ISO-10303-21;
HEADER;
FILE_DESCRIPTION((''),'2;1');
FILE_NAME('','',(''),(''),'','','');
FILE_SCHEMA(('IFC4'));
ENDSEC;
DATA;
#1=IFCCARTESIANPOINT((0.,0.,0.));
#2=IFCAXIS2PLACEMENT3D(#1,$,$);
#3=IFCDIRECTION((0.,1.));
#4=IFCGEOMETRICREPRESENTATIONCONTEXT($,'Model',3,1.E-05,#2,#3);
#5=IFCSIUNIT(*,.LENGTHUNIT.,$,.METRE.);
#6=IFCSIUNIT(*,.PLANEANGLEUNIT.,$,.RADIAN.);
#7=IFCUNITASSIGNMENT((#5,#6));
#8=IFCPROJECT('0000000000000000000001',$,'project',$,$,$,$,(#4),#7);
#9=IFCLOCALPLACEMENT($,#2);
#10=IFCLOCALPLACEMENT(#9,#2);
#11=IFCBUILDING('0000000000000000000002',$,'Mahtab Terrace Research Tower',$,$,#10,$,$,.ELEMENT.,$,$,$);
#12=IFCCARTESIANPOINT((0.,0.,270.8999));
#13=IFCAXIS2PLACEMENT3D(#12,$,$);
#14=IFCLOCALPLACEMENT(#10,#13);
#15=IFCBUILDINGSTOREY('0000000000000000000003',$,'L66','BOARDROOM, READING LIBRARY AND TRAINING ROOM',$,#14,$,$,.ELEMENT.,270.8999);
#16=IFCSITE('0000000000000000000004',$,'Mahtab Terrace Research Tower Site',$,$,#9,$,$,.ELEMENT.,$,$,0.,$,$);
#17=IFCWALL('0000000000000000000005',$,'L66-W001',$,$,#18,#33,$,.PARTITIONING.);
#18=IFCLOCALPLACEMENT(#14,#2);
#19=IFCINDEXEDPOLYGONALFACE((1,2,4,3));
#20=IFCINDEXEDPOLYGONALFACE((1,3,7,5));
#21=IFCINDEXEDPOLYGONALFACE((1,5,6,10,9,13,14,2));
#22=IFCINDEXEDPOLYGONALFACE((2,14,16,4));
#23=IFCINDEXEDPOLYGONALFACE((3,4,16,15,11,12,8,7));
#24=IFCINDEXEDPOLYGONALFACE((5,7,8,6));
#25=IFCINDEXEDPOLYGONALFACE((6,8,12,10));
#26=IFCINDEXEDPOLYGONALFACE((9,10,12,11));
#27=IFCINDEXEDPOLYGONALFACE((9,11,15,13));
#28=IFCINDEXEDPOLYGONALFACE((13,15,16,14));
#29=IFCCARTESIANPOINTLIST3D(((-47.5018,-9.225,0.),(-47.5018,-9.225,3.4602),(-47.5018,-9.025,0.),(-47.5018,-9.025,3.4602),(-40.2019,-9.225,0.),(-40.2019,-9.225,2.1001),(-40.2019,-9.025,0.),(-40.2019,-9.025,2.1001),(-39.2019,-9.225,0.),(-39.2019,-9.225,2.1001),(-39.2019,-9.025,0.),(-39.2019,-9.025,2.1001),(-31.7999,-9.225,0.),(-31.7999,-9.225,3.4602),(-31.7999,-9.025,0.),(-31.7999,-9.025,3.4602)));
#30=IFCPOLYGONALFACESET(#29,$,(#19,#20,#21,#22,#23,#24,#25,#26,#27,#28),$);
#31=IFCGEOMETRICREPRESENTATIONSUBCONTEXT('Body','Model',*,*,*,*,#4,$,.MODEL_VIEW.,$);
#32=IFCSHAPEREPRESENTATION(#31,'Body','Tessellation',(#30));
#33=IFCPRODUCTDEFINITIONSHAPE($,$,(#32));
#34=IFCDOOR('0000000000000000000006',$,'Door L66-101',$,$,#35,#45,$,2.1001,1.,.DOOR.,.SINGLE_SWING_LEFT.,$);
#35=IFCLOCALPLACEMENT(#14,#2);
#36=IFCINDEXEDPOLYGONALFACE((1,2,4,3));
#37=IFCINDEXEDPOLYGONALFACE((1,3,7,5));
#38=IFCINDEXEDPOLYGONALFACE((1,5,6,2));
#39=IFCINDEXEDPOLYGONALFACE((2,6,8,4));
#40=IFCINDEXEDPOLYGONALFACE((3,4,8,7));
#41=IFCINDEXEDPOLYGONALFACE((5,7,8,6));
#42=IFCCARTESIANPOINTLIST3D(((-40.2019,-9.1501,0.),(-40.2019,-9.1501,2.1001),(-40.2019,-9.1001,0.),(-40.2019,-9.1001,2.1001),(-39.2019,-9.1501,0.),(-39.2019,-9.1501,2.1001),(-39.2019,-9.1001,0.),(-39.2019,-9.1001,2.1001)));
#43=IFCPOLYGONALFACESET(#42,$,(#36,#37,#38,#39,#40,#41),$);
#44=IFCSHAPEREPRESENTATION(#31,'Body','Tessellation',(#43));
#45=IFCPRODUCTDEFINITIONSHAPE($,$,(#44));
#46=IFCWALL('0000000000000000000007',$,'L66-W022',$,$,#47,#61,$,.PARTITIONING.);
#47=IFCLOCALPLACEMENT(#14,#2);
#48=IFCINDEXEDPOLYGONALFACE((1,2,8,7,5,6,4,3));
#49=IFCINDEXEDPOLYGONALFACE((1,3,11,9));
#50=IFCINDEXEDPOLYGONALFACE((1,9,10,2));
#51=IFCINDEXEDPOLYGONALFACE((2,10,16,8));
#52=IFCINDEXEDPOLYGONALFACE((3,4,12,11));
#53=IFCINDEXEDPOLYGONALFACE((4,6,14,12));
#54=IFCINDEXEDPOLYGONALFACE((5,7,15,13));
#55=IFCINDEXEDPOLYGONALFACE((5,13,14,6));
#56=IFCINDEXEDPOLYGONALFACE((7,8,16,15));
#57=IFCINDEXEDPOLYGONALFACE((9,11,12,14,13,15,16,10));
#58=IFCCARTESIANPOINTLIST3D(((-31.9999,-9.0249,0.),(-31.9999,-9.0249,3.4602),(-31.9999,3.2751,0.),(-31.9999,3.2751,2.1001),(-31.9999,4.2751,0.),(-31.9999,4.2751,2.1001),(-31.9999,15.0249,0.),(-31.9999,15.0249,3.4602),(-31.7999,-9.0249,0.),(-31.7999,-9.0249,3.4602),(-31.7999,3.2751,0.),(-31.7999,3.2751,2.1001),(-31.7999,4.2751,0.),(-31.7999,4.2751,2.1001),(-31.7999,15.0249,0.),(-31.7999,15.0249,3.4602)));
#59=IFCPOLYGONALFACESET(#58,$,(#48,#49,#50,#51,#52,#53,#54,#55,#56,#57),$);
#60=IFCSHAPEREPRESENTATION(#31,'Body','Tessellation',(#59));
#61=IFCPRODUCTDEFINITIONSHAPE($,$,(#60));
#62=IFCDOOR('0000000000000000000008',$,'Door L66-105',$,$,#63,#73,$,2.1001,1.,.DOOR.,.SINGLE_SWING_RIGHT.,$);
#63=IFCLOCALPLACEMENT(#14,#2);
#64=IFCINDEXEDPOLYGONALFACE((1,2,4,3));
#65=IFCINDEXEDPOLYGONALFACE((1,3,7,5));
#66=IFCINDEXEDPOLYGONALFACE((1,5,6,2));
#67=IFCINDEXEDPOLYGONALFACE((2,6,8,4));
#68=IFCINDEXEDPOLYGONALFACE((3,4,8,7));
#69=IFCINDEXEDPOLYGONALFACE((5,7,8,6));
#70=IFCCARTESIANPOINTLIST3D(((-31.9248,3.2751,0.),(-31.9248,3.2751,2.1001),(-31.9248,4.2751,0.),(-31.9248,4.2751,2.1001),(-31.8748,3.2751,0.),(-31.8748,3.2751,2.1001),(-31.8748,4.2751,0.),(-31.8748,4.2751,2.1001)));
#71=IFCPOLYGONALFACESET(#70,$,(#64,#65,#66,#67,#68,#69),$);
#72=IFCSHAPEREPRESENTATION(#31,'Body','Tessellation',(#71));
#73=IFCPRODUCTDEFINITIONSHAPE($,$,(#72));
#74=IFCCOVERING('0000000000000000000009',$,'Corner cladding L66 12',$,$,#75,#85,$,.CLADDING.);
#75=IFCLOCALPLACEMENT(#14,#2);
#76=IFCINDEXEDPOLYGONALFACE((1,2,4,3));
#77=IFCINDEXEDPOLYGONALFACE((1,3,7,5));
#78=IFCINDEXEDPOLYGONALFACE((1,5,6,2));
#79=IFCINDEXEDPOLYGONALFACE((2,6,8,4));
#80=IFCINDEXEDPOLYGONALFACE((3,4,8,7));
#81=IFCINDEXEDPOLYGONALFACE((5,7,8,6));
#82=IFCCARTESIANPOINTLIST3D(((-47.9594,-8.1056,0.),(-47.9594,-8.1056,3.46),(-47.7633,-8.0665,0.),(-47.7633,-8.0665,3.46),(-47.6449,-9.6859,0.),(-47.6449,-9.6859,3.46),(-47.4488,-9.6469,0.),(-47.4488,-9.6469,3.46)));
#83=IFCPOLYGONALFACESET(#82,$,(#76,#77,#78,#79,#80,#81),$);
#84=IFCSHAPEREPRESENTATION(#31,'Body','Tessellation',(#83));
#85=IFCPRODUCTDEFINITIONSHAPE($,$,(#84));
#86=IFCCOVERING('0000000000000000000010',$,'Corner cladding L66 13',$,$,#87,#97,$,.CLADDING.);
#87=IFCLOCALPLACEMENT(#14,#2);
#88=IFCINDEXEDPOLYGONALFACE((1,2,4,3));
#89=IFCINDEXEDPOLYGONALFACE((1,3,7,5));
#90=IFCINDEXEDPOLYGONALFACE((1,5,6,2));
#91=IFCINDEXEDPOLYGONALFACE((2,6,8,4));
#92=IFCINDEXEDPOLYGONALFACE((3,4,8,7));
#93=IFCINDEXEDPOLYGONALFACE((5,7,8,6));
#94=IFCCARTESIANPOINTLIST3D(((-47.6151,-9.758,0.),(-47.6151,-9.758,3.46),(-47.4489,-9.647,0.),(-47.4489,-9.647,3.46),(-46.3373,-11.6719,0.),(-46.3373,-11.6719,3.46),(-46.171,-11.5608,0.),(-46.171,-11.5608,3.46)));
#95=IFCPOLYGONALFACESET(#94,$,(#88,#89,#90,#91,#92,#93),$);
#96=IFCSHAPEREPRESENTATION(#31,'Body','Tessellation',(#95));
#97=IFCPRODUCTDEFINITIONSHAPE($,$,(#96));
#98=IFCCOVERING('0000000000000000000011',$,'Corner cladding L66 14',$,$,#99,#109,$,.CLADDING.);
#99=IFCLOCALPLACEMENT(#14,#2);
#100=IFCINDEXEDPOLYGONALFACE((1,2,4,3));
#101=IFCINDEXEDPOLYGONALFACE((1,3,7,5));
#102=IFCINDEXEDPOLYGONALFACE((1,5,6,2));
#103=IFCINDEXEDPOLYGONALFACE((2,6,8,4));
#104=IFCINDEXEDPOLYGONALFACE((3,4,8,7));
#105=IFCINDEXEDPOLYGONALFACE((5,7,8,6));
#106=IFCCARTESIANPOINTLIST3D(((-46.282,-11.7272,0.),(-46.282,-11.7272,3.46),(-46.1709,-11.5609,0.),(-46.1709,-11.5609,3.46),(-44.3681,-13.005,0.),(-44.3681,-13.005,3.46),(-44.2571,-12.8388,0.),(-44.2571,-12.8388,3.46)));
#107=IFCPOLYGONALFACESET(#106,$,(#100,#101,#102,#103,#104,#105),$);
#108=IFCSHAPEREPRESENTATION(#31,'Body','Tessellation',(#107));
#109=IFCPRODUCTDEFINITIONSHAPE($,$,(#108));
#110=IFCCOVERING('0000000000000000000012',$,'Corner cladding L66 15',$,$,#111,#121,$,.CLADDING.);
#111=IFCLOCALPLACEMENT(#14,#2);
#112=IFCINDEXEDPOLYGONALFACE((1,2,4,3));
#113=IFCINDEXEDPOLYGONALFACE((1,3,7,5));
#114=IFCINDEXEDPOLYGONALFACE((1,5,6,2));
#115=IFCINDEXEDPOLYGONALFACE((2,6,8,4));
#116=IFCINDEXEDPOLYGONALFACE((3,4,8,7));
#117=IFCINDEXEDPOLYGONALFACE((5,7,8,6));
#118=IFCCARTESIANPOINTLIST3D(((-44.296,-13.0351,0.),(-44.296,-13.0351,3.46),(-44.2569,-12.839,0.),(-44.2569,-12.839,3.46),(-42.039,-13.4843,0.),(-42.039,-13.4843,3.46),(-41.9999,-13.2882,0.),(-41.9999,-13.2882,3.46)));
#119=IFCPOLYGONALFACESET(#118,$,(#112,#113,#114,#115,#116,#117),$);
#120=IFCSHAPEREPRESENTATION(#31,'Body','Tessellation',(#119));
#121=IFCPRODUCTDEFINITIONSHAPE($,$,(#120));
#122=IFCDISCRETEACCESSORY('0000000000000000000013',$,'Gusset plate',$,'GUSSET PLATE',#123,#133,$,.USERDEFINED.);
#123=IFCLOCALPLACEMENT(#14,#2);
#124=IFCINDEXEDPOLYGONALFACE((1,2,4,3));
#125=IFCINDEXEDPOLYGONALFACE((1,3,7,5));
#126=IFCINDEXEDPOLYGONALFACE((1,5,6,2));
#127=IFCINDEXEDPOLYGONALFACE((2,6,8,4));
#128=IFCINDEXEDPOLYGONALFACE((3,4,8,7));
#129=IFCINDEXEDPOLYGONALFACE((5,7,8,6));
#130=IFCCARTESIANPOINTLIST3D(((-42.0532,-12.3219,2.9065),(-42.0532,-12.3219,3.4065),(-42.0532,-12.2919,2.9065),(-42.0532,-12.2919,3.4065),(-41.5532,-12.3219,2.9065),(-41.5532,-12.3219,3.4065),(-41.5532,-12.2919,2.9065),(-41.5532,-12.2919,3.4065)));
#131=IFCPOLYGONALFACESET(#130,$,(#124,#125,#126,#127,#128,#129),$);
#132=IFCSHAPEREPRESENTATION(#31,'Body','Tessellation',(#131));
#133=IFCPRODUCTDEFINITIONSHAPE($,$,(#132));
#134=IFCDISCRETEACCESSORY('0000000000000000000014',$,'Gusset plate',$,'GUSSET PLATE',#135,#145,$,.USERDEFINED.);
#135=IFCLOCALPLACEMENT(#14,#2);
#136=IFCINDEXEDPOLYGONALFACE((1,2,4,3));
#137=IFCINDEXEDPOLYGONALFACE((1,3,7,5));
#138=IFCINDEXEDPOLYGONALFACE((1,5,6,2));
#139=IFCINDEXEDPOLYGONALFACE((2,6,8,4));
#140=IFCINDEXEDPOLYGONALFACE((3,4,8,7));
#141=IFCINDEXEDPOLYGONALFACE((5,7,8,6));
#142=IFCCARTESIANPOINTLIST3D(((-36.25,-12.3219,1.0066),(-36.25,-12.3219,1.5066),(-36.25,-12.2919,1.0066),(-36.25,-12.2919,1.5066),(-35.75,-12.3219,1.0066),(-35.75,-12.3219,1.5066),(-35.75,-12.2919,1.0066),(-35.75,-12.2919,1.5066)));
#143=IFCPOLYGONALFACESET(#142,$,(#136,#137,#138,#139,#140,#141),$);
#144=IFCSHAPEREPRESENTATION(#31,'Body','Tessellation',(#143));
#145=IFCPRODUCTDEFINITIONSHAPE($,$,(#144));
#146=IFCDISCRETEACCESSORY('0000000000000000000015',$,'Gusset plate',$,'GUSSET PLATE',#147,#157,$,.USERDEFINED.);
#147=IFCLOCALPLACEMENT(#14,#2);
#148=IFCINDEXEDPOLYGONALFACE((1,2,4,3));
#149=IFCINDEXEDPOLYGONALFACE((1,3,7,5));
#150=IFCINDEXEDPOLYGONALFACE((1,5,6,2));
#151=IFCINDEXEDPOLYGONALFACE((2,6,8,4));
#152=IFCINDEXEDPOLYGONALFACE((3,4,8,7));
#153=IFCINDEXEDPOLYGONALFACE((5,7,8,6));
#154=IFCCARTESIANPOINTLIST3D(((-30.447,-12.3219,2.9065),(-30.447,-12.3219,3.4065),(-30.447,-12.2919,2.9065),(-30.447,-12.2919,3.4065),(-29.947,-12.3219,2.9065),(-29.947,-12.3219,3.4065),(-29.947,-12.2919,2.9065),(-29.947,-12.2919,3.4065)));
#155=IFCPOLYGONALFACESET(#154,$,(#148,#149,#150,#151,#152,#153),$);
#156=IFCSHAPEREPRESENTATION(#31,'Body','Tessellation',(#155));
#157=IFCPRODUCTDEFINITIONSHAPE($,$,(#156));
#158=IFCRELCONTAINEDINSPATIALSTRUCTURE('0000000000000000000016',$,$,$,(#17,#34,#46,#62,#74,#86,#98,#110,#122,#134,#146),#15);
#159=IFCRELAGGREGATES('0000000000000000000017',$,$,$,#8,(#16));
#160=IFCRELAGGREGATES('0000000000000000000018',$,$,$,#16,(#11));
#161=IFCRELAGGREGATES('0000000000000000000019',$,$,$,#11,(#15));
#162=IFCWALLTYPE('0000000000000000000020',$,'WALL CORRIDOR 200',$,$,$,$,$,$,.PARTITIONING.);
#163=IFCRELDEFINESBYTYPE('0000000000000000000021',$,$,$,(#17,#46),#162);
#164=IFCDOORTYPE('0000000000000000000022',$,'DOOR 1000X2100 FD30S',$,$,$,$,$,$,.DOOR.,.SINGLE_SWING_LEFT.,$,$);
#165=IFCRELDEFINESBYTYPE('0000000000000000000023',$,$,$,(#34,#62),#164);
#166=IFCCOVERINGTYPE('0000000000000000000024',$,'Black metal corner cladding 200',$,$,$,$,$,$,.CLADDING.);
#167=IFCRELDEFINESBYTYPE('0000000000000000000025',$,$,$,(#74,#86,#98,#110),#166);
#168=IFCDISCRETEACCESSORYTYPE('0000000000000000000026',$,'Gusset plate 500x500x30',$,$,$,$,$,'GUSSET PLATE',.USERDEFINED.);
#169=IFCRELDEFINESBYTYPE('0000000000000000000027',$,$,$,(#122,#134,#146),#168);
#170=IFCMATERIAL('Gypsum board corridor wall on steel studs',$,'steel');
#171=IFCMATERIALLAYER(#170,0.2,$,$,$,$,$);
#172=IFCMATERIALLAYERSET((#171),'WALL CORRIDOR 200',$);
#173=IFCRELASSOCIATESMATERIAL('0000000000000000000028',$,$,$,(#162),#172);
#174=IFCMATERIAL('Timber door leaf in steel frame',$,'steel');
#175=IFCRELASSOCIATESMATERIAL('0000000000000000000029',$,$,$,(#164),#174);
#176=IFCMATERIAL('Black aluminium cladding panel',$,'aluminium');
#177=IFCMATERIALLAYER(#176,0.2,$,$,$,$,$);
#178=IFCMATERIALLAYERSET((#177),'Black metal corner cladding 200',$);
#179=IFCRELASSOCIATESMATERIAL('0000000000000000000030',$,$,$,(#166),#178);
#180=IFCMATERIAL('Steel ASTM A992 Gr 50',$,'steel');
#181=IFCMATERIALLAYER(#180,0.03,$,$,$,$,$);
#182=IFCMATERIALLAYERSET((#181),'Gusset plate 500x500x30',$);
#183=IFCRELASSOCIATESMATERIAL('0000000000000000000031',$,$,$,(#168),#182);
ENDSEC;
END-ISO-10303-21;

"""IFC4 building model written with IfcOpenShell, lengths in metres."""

from ifc_helpers import new_model, si_unit, direction, frame, frame_2d, origin, origin_2d, place, context, subcontext, project, spatial, rectangle, extrude, material, layer, layer_set, type_object, element, fill, save


model = new_model("IFC4")

# Units and contexts
model_context = context("Model", 3, precision=1e-05, world=origin(), true_north=direction((0.0, 1.0)))
body_context = subcontext(model_context, "Body", "Model", "MODEL_VIEW")
ifc_project = project(units=[si_unit("LENGTHUNIT", "METRE"), si_unit("PLANEANGLEUNIT", "RADIAN")], contexts=[model_context])

# Site, building, storey
site_placement = place(None, origin())
site = spatial("IfcSite", under=ifc_project, at=site_placement, Name="Mahtab Terrace Research Tower Site", CompositionType="ELEMENT", RefElevation=0.0)
building_placement = place(site_placement, origin())
building = spatial("IfcBuilding", under=site, at=building_placement, Name="Mahtab Terrace Research Tower", CompositionType="ELEMENT")
storey_placement = place(building_placement, frame((0.0, 0.0, 270.8999)))
storey = spatial("IfcBuildingStorey", under=building, at=storey_placement, Name="L66", Description="BOARDROOM, READING LIBRARY AND TRAINING ROOM", CompositionType="ELEMENT", Elevation=270.8999)

# Shared definitions
ifc_material_1 = material(Name="Steel ASTM A992 Gr 50", Category="steel")

# Shared definitions
ifc_material_2 = material(Name="Black aluminium cladding panel", Category="aluminium")

# Walls, openings, doors
ifc_material_3 = material(Name="Gypsum board corridor wall on steel studs", Category="steel")
ifc_layer_1 = layer(ifc_material_3, 0.2)
ifc_layer_set_1 = layer_set([ifc_layer_1], Name="WALL CORRIDOR 200")
wall_type_1 = type_object("IfcWallType", Name="WALL CORRIDOR 200", PredefinedType="PARTITIONING", material=ifc_layer_set_1)
wall_1_placement = place(storey_placement, frame((-47.502, -9.125, 0.0), z_axis=(0.0, 0.0, 1.0), x_axis=(1.0, 0.0, 0.0)))
wall_1 = element("IfcWall", 1, at=wall_1_placement, inside=storey, type_object=wall_type_1, Name="L66-W001", PredefinedType="PARTITIONING", context=body_context, shape_type="SweptSolid", body=[
    extrude(rectangle(XDim=15.7019, YDim=0.2, at=frame_2d((7.8511, 0.0))), origin(), (0.0, 0.0, 1.0), 3.4602),
])
opening_1_placement = place(wall_1_placement, frame((7.3, 0.0, 0.0)))
opening_1 = element("IfcOpeningElement", 2, at=opening_1_placement, cuts=wall_1, PredefinedType="OPENING", context=body_context, shape_type="SweptSolid", body=[
    extrude(rectangle(XDim=1.0, YDim=2.1001, at=frame_2d((0.5, 1.05))), frame((0.0, 0.1099, 0.0), z_axis=(0.0, -1.0, 0.0), x_axis=(1.0, 0.0, 0.0)), (0.0, 0.0, 1.0), 0.22),
])
ifc_material_4 = material(Name="Timber door leaf in steel frame", Category="steel")
door_type = type_object("IfcDoorType", Name="DOOR 1000X2100 FD30S", OperationType="SINGLE_SWING_LEFT", PredefinedType="DOOR", material=ifc_material_4)
door_1_placement = place(opening_1_placement, origin())
door_1 = element("IfcDoor", 3, at=door_1_placement, inside=storey, type_object=door_type, Name="Door L66-101", OperationType="SINGLE_SWING_LEFT", OverallHeight=2.1001, OverallWidth=1.0, PredefinedType="DOOR", context=body_context, shape_type="SweptSolid", body=[
    extrude(rectangle(XDim=1.0, YDim=2.1001, at=frame_2d((0.5, 1.05))), frame((0.0, 0.0249, 0.0), z_axis=(0.0, -1.0, 0.0), x_axis=(1.0, 0.0, 0.0)), (0.0, 0.0, 1.0), 0.05),
])
fill(opening_1, door_1)
wall_2_placement = place(storey_placement, frame((-31.8999, -9.0249, 0.0), z_axis=(0.0, 0.0, 1.0), x_axis=(0.0, 1.0, 0.0)))
wall_2 = element("IfcWall", 4, at=wall_2_placement, inside=storey, type_object=wall_type_1, Name="L66-W022", PredefinedType="PARTITIONING", context=body_context, shape_type="SweptSolid", body=[
    extrude(rectangle(XDim=24.0498, YDim=0.2, at=frame_2d((12.0249, 0.0))), origin(), (0.0, 0.0, 1.0), 3.4602),
])
opening_2_placement = place(wall_2_placement, frame((12.3, 0.0, 0.0)))
opening_2 = element("IfcOpeningElement", 5, at=opening_2_placement, cuts=wall_2, PredefinedType="OPENING", context=body_context, shape_type="SweptSolid", body=[
    extrude(rectangle(XDim=1.0, YDim=2.1001, at=frame_2d((0.5, 1.05))), frame((0.0, 0.1099, 0.0), z_axis=(0.0, -1.0, 0.0), x_axis=(1.0, 0.0, 0.0)), (0.0, 0.0, 1.0), 0.22),
])
door_2_placement = place(opening_2_placement, origin())
door_2 = element("IfcDoor", 6, at=door_2_placement, inside=storey, type_object=door_type, Name="Door L66-105", OperationType="SINGLE_SWING_RIGHT", OverallHeight=2.1001, OverallWidth=1.0, PredefinedType="DOOR", context=body_context, shape_type="SweptSolid", body=[
    extrude(rectangle(XDim=1.0, YDim=2.1001, at=frame_2d((0.5, 1.05))), frame((0.0, 0.0249, 0.0), z_axis=(0.0, -1.0, 0.0), x_axis=(1.0, 0.0, 0.0)), (0.0, 0.0, 1.0), 0.05),
])
fill(opening_2, door_2)

# Coverings
ifc_layer_2 = layer(ifc_material_2, 0.2)
ifc_layer_set_2 = layer_set([ifc_layer_2], Name="Black metal corner cladding 200")
covering_type = type_object("IfcCoveringType", Name="Black metal corner cladding 200", PredefinedType="CLADDING", material=ifc_layer_set_2)
covering_placement = place(storey_placement, frame((-47.7041, -8.8762, 0.0), z_axis=(0.0, 0.0, 1.0), x_axis=(0.195212, -0.980761, 0.0)))
element("IfcCovering", 7, at=covering_placement, inside=storey, type_object=covering_type, Name="Corner cladding L66 12", PredefinedType="CLADDING", context=body_context, shape_type="SweptSolid", body=[
    extrude(rectangle(XDim=1.6113, YDim=0.2, at=origin_2d()), origin(), (0.0, 0.0, 1.0), 3.46),
])
for number, where, z_axis, x_axis, name in (
    (8, (-46.8931, -10.6594, 0.0), (0.0, 0.0, 1.0), (0.555291, -0.831656, 0.0), "Corner cladding L66 13"),
    (9, (-45.2695, -12.283, 0.0), (0.0, 0.0, 1.0), (0.831656, -0.555291, 0.0), "Corner cladding L66 14"),
    (10, (-43.1479, -13.1616, 0.0), (0.0, 0.0, 1.0), (0.980761, -0.195212, 0.0), "Corner cladding L66 15"),
):
    element("IfcCovering", number, at=place(storey_placement, frame(where, z_axis=z_axis, x_axis=x_axis)), inside=storey, type_object=covering_type, Name=name, PredefinedType="CLADDING", context=body_context, shape_type="SweptSolid", body=[
        extrude(rectangle(XDim=2.3013, YDim=0.2, at=origin_2d()), origin(), (0.0, 0.0, 1.0), 3.46),
    ])

# Discrete accessories
ifc_layer_3 = layer(ifc_material_1, 0.03)
ifc_layer_set_3 = layer_set([ifc_layer_3], Name="Gusset plate 500x500x30")
discrete_accessory_type = type_object("IfcDiscreteAccessoryType", Name="Gusset plate 500x500x30", ElementType="GUSSET PLATE", PredefinedType="USERDEFINED", material=ifc_layer_set_3)
for number, where, z_axis, x_axis, name in (
    (11, (-41.8032, -12.3069, 2.9065), (0.0, 0.0, 1.0), (1.0, 0.0, 0.0), "Gusset plate"),
    (12, (-36.0, -12.3069, 1.0066), (0.0, 0.0, 1.0), (1.0, 0.0, 0.0), "Gusset plate"),
    (13, (-30.197, -12.3069, 2.9065), (0.0, 0.0, 1.0), (1.0, 0.0, 0.0), "Gusset plate"),
):
    element("IfcDiscreteAccessory", number, at=place(storey_placement, frame(where, z_axis=z_axis, x_axis=x_axis)), inside=storey, type_object=discrete_accessory_type, Name=name, ObjectType="GUSSET PLATE", PredefinedType="USERDEFINED", context=body_context, shape_type="SweptSolid", body=[
        extrude(rectangle(XDim=0.5, YDim=0.03, at=origin_2d()), origin(), (0.0, 0.0, 1.0), 0.5),
    ])

save(model, "model.ifc")
